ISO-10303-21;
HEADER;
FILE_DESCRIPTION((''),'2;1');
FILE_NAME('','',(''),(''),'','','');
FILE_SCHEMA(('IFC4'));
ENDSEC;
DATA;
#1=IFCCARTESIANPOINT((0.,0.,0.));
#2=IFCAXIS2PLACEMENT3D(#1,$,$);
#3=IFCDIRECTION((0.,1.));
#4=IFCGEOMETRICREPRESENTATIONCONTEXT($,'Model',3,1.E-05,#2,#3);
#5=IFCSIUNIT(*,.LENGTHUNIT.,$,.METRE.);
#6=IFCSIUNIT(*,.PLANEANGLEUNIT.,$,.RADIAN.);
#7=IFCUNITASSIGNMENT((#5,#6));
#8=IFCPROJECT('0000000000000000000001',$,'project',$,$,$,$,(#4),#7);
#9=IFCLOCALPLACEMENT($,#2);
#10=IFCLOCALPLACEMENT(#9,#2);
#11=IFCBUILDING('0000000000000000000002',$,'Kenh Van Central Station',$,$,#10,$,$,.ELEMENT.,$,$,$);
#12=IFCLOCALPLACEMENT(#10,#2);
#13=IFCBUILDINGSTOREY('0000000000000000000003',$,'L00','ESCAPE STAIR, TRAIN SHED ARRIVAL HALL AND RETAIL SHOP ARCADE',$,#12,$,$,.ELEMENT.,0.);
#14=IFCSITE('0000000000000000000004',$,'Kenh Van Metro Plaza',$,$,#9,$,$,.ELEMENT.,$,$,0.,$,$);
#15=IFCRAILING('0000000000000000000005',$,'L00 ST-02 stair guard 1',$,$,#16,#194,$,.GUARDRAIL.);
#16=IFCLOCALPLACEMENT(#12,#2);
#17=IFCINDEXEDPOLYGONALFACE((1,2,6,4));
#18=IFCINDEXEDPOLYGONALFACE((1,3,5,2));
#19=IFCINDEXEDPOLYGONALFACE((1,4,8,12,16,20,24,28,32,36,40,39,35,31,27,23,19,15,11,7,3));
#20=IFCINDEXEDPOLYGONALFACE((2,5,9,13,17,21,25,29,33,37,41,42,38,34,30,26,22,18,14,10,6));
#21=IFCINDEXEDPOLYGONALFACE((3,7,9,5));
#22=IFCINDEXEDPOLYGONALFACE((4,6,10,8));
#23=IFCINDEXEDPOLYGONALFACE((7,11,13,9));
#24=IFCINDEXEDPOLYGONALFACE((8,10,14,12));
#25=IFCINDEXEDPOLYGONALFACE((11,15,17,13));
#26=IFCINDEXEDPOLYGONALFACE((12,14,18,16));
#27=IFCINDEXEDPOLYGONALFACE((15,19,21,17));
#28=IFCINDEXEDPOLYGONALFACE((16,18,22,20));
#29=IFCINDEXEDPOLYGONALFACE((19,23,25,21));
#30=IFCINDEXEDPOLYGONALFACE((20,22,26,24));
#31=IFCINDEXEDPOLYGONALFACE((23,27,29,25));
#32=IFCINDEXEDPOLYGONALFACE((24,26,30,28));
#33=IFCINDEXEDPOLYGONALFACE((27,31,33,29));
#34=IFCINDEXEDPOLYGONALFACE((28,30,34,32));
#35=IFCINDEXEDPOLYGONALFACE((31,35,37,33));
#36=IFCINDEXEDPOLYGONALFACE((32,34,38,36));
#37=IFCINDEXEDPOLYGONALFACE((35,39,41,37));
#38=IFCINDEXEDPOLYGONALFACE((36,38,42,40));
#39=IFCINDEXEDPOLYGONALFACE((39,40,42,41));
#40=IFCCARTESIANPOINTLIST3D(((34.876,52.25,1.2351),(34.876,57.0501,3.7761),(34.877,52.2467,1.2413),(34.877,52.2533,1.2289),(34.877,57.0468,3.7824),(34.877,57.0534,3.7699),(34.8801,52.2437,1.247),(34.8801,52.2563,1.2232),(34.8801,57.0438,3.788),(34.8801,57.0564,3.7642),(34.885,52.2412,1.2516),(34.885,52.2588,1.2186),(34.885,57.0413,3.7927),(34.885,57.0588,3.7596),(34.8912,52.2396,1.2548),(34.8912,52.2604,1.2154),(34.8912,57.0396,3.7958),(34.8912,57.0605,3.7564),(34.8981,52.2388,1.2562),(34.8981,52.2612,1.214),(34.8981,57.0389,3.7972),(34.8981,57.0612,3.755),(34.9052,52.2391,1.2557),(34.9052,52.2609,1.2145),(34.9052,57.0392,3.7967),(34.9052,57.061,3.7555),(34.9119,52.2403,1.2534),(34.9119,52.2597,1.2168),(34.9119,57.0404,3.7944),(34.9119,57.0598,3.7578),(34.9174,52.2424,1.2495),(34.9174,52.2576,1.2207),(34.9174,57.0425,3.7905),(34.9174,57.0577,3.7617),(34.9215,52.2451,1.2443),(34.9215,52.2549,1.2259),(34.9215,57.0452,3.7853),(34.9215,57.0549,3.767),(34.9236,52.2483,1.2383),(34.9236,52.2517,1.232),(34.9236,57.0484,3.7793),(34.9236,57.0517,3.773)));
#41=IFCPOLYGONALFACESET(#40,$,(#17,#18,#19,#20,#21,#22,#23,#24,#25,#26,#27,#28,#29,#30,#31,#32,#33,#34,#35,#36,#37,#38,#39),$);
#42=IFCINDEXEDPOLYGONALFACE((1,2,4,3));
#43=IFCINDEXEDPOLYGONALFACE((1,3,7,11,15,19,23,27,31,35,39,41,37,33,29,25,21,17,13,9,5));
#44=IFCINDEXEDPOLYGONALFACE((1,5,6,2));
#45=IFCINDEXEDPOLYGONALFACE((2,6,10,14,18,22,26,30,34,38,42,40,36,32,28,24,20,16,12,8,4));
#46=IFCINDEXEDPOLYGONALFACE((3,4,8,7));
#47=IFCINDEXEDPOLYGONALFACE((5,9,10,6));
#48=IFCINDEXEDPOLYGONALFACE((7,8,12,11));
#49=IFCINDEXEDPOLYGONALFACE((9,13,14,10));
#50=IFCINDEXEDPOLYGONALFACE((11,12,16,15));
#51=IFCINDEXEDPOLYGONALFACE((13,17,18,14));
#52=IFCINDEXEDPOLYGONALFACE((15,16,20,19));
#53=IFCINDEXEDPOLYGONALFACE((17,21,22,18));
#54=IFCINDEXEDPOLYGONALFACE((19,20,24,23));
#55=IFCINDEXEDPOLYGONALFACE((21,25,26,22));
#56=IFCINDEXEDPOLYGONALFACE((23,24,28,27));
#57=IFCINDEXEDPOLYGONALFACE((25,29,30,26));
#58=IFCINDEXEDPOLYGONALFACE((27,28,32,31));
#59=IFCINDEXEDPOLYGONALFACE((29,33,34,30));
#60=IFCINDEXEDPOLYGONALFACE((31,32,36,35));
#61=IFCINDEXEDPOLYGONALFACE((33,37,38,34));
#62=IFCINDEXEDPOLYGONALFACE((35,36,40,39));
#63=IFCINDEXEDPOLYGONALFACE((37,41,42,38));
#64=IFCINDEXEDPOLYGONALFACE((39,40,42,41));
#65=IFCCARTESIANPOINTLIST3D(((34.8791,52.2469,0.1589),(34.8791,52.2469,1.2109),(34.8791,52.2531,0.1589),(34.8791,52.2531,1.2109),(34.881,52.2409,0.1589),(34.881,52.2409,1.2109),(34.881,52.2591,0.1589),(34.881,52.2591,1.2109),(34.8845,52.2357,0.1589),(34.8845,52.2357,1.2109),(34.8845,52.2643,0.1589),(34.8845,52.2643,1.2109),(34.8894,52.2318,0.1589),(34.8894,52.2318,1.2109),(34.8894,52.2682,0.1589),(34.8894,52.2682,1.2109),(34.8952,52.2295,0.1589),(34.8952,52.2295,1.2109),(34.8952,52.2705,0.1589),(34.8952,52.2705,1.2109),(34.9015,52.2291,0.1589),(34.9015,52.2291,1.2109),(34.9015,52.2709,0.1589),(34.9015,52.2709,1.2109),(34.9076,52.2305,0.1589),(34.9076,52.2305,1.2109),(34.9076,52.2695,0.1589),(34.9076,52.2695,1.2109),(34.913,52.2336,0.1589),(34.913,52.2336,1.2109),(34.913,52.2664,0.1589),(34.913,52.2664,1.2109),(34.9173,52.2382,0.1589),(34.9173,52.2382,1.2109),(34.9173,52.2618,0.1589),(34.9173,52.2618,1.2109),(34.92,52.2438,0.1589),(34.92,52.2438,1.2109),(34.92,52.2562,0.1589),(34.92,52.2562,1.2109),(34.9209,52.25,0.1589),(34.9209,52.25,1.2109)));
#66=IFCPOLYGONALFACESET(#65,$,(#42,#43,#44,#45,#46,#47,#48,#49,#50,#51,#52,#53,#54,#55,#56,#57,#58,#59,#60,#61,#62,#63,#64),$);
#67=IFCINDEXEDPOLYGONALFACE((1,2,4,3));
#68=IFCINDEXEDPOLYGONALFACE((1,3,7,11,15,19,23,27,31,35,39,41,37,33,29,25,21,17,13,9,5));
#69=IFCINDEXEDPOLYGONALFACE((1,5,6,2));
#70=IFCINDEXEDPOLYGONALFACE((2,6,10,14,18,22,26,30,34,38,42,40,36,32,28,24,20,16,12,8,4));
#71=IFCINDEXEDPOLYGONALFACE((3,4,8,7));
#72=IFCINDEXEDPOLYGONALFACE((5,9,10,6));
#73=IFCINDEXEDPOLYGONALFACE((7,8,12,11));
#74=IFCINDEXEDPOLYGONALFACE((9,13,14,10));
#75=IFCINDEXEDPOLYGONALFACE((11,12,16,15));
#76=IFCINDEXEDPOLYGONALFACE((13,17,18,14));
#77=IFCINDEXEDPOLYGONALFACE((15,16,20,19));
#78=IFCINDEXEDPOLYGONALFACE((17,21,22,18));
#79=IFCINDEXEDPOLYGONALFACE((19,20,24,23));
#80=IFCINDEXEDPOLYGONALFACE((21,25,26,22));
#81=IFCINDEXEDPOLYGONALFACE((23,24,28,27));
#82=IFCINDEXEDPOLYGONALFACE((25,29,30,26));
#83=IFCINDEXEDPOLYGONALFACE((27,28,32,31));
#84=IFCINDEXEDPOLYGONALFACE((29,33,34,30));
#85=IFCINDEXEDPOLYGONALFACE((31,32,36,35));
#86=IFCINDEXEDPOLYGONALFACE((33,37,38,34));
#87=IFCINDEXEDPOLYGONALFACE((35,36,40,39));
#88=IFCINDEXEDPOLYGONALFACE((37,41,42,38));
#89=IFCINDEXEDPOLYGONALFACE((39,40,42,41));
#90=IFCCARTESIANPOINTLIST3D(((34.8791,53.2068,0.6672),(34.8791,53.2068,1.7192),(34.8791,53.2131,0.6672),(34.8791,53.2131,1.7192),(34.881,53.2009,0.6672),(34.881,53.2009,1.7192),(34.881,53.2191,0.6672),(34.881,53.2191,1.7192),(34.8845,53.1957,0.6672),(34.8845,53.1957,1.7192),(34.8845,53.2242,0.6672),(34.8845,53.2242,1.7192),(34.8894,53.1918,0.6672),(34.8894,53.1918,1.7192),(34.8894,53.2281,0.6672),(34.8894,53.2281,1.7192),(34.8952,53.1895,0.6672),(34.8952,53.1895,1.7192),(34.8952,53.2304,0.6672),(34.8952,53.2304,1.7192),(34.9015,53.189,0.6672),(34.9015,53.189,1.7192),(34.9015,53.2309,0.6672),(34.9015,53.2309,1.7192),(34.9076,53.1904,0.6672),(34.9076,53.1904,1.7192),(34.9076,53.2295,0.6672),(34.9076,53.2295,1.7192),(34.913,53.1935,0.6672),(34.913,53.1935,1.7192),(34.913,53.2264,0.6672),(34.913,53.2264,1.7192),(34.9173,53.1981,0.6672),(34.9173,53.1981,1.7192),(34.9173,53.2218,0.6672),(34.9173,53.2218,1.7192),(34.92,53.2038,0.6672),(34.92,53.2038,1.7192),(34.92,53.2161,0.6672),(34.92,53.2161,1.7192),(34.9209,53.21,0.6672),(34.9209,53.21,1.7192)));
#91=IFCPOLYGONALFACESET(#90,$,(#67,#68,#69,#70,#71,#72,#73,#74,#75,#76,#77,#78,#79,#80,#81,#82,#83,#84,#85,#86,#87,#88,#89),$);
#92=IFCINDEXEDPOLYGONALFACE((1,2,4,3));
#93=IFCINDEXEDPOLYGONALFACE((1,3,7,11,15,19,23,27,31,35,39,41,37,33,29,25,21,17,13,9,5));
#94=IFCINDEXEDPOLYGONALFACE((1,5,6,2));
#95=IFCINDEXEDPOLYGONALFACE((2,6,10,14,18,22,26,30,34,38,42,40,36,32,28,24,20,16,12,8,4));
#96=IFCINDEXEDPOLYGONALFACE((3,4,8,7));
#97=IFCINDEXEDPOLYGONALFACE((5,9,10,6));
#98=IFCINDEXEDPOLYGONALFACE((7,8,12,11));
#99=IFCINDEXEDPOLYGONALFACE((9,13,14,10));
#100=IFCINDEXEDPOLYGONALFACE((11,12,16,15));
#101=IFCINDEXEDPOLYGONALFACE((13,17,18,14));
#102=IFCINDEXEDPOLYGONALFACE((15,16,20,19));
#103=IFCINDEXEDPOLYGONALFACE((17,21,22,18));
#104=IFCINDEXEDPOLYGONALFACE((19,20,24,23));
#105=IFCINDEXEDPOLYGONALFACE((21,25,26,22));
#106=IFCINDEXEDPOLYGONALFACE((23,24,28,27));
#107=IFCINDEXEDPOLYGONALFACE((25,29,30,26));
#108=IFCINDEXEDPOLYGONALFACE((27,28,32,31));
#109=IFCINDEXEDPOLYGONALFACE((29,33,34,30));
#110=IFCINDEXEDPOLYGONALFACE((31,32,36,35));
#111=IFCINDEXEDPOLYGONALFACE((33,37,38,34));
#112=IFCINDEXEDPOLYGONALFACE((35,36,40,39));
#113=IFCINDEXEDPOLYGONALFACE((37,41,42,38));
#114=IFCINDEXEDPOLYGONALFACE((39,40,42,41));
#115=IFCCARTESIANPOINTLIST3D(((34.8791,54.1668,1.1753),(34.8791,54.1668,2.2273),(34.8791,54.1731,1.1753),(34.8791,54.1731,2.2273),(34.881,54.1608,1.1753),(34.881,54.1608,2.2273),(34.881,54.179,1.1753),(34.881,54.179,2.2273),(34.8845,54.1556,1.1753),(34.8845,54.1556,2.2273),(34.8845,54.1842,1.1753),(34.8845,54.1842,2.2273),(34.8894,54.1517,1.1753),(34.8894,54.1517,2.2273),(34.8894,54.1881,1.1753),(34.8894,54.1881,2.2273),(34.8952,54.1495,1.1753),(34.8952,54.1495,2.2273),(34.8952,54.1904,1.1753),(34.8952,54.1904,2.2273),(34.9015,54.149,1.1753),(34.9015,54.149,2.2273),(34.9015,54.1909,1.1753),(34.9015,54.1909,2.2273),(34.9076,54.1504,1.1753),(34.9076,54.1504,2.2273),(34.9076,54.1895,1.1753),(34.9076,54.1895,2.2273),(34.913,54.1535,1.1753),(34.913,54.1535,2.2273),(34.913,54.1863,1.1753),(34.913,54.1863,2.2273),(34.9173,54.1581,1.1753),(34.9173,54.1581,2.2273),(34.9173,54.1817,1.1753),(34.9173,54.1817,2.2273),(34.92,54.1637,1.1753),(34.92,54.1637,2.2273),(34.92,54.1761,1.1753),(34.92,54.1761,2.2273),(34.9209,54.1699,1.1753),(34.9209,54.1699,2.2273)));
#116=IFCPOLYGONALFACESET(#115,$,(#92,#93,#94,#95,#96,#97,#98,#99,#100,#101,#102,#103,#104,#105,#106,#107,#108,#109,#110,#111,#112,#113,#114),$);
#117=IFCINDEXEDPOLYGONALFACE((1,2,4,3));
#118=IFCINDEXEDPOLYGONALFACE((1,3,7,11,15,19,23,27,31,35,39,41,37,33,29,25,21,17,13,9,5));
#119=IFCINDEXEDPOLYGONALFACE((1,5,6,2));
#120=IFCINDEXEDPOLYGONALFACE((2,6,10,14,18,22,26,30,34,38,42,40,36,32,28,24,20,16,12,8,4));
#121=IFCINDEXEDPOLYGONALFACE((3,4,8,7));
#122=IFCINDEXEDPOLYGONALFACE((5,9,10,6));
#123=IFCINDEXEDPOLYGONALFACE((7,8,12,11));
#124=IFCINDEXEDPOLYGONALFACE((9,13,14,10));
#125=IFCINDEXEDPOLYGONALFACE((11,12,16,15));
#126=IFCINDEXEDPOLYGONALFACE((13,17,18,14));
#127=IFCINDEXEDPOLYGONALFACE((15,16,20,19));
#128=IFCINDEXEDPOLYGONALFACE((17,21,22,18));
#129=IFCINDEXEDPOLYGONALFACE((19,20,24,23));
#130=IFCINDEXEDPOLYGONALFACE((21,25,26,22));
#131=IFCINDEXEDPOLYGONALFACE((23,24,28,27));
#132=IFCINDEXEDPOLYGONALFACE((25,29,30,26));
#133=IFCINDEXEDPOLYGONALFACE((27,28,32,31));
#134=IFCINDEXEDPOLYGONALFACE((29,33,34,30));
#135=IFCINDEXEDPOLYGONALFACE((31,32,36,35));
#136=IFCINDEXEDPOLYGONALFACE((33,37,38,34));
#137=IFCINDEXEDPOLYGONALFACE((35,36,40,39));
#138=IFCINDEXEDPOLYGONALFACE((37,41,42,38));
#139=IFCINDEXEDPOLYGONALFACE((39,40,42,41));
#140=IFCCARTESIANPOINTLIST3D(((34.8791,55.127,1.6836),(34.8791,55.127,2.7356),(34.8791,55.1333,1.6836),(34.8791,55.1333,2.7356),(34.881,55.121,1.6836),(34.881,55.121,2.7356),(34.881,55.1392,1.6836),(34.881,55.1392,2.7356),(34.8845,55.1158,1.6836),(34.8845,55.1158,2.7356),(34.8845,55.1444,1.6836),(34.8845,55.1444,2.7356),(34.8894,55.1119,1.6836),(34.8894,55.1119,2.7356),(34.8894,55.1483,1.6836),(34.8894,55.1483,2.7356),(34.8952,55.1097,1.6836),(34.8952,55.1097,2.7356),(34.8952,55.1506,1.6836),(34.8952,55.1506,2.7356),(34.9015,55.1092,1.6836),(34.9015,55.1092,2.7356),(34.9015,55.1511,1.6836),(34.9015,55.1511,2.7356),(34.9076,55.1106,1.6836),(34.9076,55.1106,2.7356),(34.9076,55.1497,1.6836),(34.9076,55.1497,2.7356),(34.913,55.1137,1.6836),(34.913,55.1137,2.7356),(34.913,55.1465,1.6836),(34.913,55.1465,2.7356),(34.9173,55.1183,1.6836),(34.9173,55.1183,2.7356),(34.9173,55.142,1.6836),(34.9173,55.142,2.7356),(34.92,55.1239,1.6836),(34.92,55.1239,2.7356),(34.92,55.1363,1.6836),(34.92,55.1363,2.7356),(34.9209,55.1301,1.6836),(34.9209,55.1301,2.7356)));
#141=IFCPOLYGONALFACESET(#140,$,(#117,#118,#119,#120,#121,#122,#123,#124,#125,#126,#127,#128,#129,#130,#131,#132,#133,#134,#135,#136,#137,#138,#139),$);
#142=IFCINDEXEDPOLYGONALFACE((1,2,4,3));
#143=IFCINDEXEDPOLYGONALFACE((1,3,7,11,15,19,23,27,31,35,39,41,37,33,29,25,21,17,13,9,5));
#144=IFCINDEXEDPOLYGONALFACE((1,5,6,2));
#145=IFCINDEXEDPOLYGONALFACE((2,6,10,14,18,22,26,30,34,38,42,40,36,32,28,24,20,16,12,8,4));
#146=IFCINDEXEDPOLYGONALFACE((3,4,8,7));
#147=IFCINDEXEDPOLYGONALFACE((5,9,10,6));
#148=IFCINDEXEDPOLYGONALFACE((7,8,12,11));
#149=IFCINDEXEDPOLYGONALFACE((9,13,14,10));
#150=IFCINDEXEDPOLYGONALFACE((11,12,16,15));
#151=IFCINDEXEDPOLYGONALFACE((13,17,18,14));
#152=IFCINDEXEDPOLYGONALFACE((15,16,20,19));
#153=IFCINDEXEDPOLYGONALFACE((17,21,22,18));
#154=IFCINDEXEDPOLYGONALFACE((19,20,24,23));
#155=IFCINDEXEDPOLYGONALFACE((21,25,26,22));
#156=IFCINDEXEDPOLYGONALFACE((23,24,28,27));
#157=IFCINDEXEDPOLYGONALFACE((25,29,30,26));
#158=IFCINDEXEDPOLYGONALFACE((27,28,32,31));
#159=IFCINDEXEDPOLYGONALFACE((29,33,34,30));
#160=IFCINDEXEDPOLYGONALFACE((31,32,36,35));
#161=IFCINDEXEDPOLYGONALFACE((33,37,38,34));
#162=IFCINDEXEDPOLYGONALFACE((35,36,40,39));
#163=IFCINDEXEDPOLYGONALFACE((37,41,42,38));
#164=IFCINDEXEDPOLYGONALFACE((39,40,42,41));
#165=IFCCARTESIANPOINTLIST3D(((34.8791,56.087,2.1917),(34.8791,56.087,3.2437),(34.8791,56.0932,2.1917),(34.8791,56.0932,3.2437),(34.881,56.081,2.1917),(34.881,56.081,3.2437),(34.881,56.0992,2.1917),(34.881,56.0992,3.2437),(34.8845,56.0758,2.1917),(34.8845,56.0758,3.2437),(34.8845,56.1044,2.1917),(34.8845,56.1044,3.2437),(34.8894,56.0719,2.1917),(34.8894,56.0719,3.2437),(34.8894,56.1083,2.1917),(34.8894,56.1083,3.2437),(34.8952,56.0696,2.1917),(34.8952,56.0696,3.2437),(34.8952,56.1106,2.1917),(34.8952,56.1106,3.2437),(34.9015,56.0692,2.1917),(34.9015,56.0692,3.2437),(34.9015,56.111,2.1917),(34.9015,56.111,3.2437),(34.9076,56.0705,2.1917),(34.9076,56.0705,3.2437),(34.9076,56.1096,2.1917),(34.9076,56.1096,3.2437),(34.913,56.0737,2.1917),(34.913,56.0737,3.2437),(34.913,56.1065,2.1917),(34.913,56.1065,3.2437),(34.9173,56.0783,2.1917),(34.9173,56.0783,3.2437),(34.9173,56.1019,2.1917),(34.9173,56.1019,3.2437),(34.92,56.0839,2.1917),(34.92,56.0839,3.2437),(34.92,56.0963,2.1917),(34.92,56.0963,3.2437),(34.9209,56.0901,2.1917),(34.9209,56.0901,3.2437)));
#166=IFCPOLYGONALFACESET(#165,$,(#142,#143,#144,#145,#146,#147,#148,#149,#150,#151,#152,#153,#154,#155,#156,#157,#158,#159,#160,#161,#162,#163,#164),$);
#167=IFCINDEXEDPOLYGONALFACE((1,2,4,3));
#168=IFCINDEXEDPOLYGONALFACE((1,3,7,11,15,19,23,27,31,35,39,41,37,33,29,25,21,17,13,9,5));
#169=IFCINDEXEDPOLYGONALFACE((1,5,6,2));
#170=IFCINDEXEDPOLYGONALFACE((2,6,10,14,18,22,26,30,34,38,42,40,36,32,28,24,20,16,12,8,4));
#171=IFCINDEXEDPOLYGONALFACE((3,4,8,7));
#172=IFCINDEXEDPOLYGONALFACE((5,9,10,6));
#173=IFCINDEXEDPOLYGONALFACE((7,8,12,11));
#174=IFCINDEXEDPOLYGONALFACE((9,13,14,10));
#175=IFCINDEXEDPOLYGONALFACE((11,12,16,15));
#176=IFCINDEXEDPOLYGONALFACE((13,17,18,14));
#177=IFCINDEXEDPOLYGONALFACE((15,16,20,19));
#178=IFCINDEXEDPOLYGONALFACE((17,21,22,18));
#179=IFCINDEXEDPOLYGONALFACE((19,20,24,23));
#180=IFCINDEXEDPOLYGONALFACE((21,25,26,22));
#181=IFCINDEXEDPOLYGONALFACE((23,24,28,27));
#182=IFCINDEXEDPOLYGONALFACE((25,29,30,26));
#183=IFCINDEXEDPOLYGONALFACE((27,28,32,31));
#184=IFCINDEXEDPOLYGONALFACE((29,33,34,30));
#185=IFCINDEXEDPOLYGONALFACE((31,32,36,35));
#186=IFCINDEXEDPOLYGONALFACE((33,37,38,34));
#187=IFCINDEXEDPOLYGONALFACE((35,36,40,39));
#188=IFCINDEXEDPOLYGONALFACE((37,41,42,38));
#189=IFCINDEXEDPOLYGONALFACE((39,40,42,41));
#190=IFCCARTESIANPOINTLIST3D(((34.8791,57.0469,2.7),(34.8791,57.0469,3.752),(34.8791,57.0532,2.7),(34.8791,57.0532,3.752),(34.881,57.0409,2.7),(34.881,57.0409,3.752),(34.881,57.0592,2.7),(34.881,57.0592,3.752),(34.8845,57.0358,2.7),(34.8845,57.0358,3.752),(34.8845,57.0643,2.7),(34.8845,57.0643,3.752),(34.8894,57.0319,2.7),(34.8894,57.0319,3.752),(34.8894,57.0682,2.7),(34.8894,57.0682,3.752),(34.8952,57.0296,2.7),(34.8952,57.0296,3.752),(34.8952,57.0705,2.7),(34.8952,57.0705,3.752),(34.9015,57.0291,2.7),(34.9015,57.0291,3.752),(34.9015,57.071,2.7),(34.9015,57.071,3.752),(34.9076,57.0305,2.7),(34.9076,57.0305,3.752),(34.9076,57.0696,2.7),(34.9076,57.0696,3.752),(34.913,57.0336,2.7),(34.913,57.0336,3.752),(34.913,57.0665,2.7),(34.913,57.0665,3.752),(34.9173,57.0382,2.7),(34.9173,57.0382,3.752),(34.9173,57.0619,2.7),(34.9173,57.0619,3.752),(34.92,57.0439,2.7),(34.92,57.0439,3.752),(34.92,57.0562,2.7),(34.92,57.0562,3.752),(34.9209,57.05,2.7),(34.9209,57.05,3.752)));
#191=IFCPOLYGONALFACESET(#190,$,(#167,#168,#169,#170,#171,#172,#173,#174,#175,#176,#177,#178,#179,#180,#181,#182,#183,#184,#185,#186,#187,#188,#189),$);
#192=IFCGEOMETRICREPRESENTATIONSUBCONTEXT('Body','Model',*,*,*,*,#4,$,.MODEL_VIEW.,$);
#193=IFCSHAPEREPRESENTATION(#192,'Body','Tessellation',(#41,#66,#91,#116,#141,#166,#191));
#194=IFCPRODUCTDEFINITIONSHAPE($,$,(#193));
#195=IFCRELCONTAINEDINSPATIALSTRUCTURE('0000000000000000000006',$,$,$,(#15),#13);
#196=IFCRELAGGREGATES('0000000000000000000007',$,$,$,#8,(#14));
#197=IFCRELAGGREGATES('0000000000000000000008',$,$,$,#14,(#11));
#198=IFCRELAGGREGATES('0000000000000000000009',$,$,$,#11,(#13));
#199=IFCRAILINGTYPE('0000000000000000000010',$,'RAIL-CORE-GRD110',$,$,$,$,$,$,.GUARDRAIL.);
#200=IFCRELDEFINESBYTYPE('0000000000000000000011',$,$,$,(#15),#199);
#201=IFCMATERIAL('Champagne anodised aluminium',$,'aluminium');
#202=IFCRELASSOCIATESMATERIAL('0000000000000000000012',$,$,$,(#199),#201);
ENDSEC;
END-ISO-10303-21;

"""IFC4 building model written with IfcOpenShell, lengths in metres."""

from ifc_helpers import new_model, si_unit, direction, frame, origin, origin_2d, place, context, subcontext, project, spatial, circle, extrude, material, type_object, element, save


model = new_model("IFC4")

# Units and contexts
model_context = context("Model", 3, precision=1e-05, world=origin(), true_north=direction((0.0, 1.0)))
body_context = subcontext(model_context, "Body", "Model", "MODEL_VIEW")
ifc_project = project(units=[si_unit("LENGTHUNIT", "METRE"), si_unit("PLANEANGLEUNIT", "RADIAN")], contexts=[model_context])

# Site, building, storey
site_placement = place(None, origin())
site = spatial("IfcSite", under=ifc_project, at=site_placement, Name="Kenh Van Metro Plaza", CompositionType="ELEMENT", RefElevation=0.0)
building_placement = place(site_placement, origin())
building = spatial("IfcBuilding", under=site, at=building_placement, Name="Kenh Van Central Station", CompositionType="ELEMENT")
storey_placement = place(building_placement, origin())
storey = spatial("IfcBuildingStorey", under=building, at=storey_placement, Name="L00", Description="ESCAPE STAIR, TRAIN SHED ARRIVAL HALL AND RETAIL SHOP ARCADE", CompositionType="ELEMENT", Elevation=0.0)

# Shared definitions
ifc_material_1 = material(Name="Champagne anodised aluminium", Category="aluminium")

# Railing
railing_type_1 = type_object("IfcRailingType", Name="RAIL-CORE-GRD110", PredefinedType="GUARDRAIL", material=ifc_material_1)
railing_1_placement = place(storey_placement, frame((34.8999, 52.25, 0.1589)))
element("IfcRailing", 1, at=railing_1_placement, inside=storey, type_object=railing_type_1, Name="L00 ST-02 stair guard 1", PredefinedType="GUARDRAIL", context=body_context, shape_type="SweptSolid", body=[
    extrude(circle(Radius=0.0239, at=origin_2d()), frame((0.0, 0.0, 1.0762), z_axis=(0.0, 0.883802, 0.467861), x_axis=(-1.0, 0.0, 0.0)), (0.0, 0.0, 1.0), 5.4312),
    extrude(circle(Radius=0.021, at=origin_2d()), origin(), (0.0, 0.0, 1.0), 1.052),
    extrude(circle(Radius=0.021, at=origin_2d()), frame((0.0, 0.96, 0.5083)), (0.0, 0.0, 1.0), 1.052),
    extrude(circle(Radius=0.021, at=origin_2d()), frame((0.0, 1.9199, 1.0164)), (0.0, 0.0, 1.0), 1.052),
    extrude(circle(Radius=0.021, at=origin_2d()), frame((0.0, 2.8801, 1.5247)), (0.0, 0.0, 1.0), 1.052),
    extrude(circle(Radius=0.021, at=origin_2d()), frame((0.0, 3.8401, 2.0327)), (0.0, 0.0, 1.0), 1.052),
    extrude(circle(Radius=0.021, at=origin_2d()), frame((0.0, 4.8, 2.541)), (0.0, 0.0, 1.0), 1.052),
])

save(model, "model.ifc")
